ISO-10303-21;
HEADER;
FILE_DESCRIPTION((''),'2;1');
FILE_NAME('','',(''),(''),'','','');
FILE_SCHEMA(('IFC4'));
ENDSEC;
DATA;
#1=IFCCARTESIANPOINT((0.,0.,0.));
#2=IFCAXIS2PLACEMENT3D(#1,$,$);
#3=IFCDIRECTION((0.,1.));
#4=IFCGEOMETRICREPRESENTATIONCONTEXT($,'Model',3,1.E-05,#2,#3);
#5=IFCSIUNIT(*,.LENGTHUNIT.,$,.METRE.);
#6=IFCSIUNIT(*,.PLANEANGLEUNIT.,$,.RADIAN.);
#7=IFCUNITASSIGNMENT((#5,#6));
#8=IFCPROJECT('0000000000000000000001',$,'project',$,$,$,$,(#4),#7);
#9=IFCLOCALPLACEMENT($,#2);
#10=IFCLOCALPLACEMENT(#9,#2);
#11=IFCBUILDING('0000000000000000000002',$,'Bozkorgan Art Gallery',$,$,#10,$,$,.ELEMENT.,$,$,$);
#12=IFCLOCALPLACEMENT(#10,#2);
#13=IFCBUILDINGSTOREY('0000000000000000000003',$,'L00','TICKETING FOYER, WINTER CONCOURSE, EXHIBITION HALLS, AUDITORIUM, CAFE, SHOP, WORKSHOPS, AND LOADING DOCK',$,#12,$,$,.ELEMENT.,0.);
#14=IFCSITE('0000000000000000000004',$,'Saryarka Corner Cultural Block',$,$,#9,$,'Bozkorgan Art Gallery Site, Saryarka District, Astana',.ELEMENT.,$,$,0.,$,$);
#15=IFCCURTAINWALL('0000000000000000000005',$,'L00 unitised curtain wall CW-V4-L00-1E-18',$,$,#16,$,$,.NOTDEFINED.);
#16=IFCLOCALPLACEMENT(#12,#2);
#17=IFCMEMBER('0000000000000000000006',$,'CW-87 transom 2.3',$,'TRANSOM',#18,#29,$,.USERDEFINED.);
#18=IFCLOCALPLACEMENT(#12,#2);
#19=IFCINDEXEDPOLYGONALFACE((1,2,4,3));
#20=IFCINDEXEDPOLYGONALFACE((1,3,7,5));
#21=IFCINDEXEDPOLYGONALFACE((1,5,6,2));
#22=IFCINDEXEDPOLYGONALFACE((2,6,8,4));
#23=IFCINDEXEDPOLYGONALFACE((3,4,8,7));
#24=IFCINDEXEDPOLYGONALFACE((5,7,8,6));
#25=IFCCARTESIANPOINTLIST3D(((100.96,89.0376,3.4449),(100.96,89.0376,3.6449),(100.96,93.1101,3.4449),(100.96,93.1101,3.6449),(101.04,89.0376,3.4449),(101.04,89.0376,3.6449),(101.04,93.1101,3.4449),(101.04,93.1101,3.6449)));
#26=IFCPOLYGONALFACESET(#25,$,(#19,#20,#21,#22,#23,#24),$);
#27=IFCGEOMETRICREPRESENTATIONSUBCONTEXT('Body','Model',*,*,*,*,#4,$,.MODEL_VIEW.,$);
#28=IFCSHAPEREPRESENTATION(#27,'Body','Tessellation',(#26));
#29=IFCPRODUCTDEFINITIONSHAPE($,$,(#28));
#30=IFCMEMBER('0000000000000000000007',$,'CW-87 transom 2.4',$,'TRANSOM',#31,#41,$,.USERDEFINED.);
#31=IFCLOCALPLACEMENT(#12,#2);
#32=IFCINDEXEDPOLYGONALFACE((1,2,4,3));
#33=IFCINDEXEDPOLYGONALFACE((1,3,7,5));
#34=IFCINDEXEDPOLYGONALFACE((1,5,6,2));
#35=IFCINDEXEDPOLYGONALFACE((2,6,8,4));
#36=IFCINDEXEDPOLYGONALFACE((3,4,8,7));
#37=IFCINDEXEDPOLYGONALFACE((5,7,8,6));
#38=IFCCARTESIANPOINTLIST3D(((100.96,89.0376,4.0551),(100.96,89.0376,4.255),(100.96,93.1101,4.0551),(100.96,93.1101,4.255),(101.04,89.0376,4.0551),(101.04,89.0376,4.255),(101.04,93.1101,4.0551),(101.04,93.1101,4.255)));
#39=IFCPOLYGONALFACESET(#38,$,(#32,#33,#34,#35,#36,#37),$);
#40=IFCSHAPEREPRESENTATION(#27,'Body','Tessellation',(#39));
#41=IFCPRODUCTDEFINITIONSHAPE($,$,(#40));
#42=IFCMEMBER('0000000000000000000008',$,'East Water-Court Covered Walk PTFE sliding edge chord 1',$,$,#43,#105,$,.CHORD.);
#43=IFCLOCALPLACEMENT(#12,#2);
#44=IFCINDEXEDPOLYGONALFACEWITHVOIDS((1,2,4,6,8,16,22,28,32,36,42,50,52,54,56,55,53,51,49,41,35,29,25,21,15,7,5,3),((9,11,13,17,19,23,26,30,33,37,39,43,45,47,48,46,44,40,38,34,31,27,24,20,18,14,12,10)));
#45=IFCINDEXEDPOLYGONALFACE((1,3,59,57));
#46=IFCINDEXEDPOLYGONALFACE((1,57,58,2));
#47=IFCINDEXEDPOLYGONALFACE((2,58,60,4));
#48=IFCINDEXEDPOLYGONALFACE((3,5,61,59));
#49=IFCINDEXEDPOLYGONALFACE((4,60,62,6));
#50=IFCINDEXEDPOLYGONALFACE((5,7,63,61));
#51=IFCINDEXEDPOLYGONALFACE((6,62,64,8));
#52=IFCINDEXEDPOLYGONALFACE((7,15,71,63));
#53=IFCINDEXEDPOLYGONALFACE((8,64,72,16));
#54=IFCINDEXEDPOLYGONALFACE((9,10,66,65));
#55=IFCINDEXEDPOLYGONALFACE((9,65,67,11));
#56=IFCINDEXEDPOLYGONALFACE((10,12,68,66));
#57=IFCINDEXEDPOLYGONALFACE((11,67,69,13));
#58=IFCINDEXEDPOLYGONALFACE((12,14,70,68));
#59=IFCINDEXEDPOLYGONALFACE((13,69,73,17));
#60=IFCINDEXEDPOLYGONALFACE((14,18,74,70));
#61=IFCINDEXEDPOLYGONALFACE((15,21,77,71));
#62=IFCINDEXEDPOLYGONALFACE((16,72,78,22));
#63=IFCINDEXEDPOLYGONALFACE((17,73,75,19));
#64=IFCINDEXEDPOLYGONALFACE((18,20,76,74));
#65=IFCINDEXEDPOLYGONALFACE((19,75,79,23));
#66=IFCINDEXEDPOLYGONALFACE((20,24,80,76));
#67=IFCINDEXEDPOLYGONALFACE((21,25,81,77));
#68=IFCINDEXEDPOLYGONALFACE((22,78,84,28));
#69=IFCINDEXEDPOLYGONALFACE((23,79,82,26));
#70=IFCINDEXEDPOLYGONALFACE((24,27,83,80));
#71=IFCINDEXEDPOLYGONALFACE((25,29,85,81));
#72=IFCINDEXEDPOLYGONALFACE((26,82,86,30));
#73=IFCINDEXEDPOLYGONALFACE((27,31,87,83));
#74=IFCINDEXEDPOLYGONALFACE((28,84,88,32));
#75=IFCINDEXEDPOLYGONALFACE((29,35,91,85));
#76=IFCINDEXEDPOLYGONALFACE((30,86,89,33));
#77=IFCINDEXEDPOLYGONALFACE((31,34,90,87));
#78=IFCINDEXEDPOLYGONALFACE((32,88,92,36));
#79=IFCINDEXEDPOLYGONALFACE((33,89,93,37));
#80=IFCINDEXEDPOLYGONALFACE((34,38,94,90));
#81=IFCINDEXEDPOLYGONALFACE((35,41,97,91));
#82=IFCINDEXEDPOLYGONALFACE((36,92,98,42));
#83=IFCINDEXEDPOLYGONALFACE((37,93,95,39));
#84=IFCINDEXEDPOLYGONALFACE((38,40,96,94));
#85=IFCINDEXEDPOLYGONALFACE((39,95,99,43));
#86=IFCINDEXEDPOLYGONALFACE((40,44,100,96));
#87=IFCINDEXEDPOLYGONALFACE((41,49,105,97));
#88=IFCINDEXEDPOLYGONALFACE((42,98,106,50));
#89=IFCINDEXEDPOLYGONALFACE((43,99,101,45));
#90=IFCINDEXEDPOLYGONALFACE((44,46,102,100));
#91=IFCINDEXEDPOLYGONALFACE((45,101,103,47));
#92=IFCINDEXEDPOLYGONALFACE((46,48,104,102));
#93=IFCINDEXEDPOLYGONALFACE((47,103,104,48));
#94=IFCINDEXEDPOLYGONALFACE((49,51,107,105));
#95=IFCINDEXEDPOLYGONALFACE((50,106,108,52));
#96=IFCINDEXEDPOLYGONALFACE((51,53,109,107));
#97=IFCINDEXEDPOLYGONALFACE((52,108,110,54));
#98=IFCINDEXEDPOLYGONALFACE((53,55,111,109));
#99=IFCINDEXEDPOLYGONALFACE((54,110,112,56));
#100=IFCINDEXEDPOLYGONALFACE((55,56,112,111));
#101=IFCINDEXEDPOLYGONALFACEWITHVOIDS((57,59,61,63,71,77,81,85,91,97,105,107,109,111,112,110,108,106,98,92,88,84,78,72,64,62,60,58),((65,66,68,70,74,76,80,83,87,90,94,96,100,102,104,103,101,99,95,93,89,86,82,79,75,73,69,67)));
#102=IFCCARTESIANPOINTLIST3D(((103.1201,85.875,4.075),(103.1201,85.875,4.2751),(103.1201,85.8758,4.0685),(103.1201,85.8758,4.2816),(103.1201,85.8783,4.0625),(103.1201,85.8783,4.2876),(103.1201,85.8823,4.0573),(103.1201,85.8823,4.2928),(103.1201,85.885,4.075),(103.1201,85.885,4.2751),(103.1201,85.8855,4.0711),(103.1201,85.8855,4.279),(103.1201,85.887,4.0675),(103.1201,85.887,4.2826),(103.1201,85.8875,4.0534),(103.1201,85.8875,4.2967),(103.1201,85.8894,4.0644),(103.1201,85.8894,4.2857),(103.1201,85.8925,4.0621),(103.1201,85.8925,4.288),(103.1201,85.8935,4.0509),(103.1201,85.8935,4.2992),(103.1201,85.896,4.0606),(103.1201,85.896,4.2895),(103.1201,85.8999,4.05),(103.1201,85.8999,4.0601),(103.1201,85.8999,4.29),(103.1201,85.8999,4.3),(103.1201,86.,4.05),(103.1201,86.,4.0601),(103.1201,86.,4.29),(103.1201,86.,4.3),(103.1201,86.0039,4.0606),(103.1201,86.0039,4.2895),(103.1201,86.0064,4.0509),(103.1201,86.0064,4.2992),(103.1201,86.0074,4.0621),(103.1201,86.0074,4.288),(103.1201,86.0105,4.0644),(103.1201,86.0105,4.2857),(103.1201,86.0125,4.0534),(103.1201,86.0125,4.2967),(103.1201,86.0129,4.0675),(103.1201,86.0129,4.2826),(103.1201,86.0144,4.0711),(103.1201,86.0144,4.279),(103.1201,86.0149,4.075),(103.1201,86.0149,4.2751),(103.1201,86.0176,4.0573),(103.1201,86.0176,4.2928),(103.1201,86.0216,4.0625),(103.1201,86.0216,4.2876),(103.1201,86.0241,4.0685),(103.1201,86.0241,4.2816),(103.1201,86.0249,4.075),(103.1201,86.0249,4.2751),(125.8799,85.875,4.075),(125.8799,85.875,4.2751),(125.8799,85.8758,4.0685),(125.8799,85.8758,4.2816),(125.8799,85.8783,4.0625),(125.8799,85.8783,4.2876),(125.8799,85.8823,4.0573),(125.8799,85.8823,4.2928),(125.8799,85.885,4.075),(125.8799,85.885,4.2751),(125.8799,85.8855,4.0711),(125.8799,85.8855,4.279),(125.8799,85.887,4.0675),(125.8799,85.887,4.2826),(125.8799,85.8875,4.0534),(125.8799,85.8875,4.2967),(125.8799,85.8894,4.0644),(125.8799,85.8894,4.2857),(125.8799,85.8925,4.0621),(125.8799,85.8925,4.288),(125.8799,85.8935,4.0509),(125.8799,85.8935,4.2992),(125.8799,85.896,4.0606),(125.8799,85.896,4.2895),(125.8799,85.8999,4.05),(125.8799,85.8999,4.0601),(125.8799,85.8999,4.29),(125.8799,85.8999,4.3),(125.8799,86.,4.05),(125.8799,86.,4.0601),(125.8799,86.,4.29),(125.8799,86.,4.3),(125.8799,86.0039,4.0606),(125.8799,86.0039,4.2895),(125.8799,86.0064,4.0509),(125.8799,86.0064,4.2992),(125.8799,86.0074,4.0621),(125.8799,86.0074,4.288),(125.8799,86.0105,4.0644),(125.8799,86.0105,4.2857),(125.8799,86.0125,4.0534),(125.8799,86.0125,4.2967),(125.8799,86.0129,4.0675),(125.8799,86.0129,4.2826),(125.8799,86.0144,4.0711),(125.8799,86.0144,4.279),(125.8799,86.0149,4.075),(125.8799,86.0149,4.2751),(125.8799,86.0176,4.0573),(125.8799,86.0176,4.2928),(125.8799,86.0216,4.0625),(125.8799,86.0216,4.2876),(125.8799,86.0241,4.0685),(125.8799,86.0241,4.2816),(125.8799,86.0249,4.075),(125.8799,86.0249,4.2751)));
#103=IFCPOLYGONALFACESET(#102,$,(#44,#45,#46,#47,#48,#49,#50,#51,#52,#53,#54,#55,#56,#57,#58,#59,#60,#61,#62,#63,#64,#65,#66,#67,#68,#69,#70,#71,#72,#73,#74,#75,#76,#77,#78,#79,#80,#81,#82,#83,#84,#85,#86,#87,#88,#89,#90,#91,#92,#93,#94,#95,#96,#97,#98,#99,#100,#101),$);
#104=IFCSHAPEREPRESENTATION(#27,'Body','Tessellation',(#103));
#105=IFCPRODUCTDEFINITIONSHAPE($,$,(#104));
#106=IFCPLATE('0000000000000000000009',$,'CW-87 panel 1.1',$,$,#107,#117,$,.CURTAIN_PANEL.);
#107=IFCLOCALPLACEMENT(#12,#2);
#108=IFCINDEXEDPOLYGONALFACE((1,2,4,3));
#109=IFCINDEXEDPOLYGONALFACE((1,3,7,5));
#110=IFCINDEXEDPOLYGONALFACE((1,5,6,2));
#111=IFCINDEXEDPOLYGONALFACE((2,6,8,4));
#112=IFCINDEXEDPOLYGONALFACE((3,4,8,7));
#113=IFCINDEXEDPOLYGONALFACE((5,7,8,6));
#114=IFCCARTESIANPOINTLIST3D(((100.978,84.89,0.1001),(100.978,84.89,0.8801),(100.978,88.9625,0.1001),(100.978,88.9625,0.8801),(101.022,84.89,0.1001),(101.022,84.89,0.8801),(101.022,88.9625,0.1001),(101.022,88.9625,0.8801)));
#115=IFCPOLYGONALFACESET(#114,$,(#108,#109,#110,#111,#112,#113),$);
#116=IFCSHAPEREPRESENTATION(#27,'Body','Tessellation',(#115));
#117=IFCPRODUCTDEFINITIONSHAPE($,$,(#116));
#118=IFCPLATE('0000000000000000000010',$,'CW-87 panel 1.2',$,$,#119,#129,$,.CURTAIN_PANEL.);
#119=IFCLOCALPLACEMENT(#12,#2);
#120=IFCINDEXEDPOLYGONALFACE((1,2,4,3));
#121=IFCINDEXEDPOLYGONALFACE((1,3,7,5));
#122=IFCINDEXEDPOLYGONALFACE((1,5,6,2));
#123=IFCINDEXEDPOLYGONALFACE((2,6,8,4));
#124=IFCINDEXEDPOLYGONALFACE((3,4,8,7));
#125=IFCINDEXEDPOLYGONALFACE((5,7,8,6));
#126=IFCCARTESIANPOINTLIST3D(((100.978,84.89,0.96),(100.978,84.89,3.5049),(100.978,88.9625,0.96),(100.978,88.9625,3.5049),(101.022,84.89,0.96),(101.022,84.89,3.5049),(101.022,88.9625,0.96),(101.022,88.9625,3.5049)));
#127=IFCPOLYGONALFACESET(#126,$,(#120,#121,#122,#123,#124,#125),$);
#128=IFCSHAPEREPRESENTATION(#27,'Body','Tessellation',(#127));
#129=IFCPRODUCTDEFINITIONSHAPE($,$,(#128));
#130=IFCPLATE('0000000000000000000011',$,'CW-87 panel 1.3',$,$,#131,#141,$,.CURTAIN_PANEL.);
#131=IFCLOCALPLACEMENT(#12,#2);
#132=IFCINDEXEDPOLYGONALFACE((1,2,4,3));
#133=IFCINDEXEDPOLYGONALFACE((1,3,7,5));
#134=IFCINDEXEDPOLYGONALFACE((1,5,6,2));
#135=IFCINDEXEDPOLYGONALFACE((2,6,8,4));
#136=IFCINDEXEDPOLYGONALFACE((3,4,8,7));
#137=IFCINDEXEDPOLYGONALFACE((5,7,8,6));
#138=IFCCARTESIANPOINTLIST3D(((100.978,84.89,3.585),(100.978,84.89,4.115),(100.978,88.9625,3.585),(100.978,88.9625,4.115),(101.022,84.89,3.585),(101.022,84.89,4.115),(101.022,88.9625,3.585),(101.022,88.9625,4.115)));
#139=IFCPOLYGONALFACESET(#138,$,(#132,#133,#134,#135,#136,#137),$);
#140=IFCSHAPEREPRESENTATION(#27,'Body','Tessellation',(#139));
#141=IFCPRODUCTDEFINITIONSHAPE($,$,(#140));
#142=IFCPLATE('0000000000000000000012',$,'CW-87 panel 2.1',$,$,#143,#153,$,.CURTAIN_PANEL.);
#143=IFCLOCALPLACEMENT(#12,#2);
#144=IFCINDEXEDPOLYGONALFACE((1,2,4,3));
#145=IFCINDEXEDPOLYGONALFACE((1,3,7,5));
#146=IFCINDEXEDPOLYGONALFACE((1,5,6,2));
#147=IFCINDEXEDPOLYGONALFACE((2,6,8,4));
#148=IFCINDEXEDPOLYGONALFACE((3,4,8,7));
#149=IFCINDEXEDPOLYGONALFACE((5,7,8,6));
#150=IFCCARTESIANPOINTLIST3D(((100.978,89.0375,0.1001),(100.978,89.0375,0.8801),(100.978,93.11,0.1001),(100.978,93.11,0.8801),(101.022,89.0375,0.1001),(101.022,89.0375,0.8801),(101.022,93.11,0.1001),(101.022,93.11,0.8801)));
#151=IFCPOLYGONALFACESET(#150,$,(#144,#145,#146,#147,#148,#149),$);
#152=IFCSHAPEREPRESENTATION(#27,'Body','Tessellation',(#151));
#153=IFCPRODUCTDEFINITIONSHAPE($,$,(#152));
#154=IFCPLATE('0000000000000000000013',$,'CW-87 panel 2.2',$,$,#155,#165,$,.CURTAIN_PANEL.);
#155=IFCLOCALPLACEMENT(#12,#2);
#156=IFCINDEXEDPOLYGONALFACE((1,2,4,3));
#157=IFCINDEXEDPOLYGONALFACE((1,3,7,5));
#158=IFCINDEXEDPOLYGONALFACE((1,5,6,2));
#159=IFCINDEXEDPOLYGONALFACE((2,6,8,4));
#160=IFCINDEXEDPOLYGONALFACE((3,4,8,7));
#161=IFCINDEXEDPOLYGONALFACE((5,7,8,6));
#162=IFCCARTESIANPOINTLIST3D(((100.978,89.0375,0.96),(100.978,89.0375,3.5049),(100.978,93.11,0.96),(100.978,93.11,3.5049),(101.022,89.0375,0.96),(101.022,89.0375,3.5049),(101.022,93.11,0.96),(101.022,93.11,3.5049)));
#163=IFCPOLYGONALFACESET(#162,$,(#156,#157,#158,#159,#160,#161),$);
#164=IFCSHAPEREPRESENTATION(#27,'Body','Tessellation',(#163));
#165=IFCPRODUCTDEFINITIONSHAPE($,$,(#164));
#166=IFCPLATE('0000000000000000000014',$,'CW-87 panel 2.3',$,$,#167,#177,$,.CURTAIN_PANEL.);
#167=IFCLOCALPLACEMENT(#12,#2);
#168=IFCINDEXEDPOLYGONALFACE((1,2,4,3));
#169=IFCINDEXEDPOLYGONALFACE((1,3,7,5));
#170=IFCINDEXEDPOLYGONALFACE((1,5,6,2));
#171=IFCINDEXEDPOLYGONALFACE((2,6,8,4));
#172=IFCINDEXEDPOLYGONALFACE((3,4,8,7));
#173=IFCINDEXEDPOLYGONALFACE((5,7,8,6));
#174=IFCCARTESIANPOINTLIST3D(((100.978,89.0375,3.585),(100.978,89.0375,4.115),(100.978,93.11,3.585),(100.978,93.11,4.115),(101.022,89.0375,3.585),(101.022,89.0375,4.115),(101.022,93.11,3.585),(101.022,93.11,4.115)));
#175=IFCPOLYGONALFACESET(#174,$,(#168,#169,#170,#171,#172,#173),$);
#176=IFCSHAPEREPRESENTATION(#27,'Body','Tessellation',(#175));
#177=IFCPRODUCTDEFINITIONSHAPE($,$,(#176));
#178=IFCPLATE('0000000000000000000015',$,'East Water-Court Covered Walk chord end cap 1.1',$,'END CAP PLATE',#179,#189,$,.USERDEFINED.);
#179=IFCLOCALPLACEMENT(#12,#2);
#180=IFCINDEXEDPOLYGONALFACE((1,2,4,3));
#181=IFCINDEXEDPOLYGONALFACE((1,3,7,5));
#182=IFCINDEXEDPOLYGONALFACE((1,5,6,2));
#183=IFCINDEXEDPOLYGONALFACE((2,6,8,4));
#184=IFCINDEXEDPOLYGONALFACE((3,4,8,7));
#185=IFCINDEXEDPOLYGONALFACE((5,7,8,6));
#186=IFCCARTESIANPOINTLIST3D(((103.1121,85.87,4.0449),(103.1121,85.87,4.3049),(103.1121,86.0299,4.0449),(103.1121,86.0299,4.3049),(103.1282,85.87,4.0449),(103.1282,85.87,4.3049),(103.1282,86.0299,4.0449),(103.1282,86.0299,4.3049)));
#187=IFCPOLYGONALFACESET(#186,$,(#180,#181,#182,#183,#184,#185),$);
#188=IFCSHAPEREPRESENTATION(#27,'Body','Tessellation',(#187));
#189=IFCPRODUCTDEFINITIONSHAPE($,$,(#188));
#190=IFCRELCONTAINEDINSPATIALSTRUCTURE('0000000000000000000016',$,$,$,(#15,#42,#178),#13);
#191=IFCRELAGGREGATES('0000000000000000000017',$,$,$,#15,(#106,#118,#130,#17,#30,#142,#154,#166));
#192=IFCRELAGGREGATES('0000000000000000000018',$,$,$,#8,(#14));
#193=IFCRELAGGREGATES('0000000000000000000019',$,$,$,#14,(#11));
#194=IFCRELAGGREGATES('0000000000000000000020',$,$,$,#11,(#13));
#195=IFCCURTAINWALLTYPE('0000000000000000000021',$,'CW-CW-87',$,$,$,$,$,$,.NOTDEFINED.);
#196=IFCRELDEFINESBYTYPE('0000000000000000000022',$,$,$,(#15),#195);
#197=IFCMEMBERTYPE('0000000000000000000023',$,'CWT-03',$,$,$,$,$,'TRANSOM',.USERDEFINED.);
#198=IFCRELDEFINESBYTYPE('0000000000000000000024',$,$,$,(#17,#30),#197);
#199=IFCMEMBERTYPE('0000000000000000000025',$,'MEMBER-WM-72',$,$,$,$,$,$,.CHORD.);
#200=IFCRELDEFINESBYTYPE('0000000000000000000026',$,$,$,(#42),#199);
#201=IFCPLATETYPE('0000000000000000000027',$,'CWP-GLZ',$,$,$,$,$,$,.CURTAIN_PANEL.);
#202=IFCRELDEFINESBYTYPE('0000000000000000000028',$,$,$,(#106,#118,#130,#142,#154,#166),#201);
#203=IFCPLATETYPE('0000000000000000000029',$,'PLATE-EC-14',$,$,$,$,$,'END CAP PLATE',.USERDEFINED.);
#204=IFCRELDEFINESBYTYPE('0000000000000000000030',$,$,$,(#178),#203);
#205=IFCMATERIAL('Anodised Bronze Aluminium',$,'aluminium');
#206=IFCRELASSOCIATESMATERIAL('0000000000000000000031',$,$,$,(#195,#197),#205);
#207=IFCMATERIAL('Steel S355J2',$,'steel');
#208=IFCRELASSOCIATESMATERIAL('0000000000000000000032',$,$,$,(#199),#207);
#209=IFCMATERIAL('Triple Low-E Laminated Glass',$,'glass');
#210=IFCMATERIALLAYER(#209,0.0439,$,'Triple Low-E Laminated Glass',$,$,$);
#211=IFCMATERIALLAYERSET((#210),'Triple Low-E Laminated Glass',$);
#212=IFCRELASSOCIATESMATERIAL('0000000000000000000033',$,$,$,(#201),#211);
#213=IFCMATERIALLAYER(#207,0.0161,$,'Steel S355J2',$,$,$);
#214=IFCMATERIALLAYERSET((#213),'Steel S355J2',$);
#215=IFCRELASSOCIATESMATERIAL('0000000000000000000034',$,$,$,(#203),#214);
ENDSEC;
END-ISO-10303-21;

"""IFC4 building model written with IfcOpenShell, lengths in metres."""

from ifc_helpers import new_model, si_unit, direction, frame, origin, origin_2d, place, context, subcontext, project, spatial, rectangle, hollow_rectangle, extrude, material, layer, layer_set, material_profile, profile_set, type_object, element, aggregate, save


model = new_model("IFC4")

# Units and contexts
model_context = context("Model", 3, precision=1e-05, world=origin(), true_north=direction((0.0, 1.0)))
body_context = subcontext(model_context, "Body", "Model", "MODEL_VIEW")
ifc_project = project(units=[si_unit("LENGTHUNIT", "METRE"), si_unit("PLANEANGLEUNIT", "RADIAN")], contexts=[model_context])

# Site, building, storey
site_placement = place(None, origin())
site = spatial("IfcSite", under=ifc_project, at=site_placement, Name="Saryarka Corner Cultural Block", LongName="Bozkorgan Art Gallery Site, Saryarka District, Astana", CompositionType="ELEMENT", RefElevation=0.0)
building_placement = place(site_placement, origin())
building = spatial("IfcBuilding", under=site, at=building_placement, Name="Bozkorgan Art Gallery", CompositionType="ELEMENT")
storey_placement = place(building_placement, origin())
storey = spatial("IfcBuildingStorey", under=building, at=storey_placement, Name="L00", Description="TICKETING FOYER, WINTER CONCOURSE, EXHIBITION HALLS, AUDITORIUM, CAFE, SHOP, WORKSHOPS, AND LOADING DOCK", CompositionType="ELEMENT", Elevation=0.0)

# Shared definitions
ifc_material_1 = material(Name="Steel S355J2", Category="steel")

# Curtain wall, members
ifc_material_2 = material(Name="Anodised Bronze Aluminium", Category="aluminium")
curtain_wall_type = type_object("IfcCurtainWallType", Name="CW-CW-87", PredefinedType="NOTDEFINED", material=ifc_material_2)
curtain_wall_placement = place(storey_placement, origin())
curtain_wall = element("IfcCurtainWall", 1, at=curtain_wall_placement, inside=storey, type_object=curtain_wall_type, Name="L00 unitised curtain wall CW-V4-L00-1E-18", PredefinedType="NOTDEFINED")
ifc_material_profile_1 = material_profile(ifc_material_2, rectangle(XDim=0.0801, YDim=0.2, at=origin_2d()), Name="ALU TRANSOM 80x200")
ifc_profile_set_1 = profile_set([ifc_material_profile_1], Name="Anodised Bronze Aluminium")
member_type_1 = type_object("IfcMemberType", Name="CWT-03", ElementType="TRANSOM", PredefinedType="USERDEFINED", material=ifc_profile_set_1)
member_1_placement = place(storey_placement, frame((101.0, 89.0376, 3.5449), z_axis=(0.0, 1.0, 0.0), x_axis=(-1.0, 0.0, 0.0)))
member_1 = element("IfcMember", 2, at=member_1_placement, type_object=member_type_1, Name="CW-87 transom 2.3", ObjectType="TRANSOM", PredefinedType="USERDEFINED", context=body_context, shape_type="SweptSolid", body=[
    extrude(rectangle(XDim=0.0801, YDim=0.2, at=origin_2d()), origin(), (0.0, 0.0, 1.0), 4.0725),
])
member_2_placement = place(storey_placement, frame((101.0, 89.0376, 4.155), z_axis=(0.0, 1.0, 0.0), x_axis=(-1.0, 0.0, 0.0)))
member_2 = element("IfcMember", 3, at=member_2_placement, type_object=member_type_1, Name="CW-87 transom 2.4", ObjectType="TRANSOM", PredefinedType="USERDEFINED", context=body_context, shape_type="SweptSolid", body=[
    extrude(rectangle(XDim=0.0801, YDim=0.2, at=origin_2d()), origin(), (0.0, 0.0, 1.0), 4.0725),
])

# Member
ifc_material_profile_2 = material_profile(ifc_material_1, hollow_rectangle(XDim=0.1499, YDim=0.25, WallThickness=0.01, InnerFilletRadius=0.0149, OuterFilletRadius=0.0249, at=origin_2d()), Name="RHS 250x150x10")
ifc_profile_set_2 = profile_set([ifc_material_profile_2], Name="Steel S355J2")
member_type_2 = type_object("IfcMemberType", Name="MEMBER-WM-72", PredefinedType="CHORD", material=ifc_profile_set_2)
member_3_placement = place(storey_placement, frame((103.1201, 85.95, 4.175), z_axis=(1.0, 0.0, 0.0), x_axis=(0.0, 1.0, 0.0)))
element("IfcMember", 4, at=member_3_placement, inside=storey, type_object=member_type_2, Name="East Water-Court Covered Walk PTFE sliding edge chord 1", PredefinedType="CHORD", context=body_context, shape_type="SweptSolid", body=[
    extrude(hollow_rectangle(XDim=0.1499, YDim=0.25, WallThickness=0.01, InnerFilletRadius=0.0149, OuterFilletRadius=0.0249, at=origin_2d()), origin(), (0.0, 0.0, 1.0), 22.7598),
])

# Plates
ifc_material_3 = material(Name="Triple Low-E Laminated Glass", Category="glass")
ifc_layer_1 = layer(ifc_material_3, 0.0439, Name="Triple Low-E Laminated Glass")
ifc_layer_set_1 = layer_set([ifc_layer_1], Name="Triple Low-E Laminated Glass")
plate_type_1 = type_object("IfcPlateType", Name="CWP-GLZ", PredefinedType="CURTAIN_PANEL", material=ifc_layer_set_1)
plate_1_placement = place(storey_placement, frame((101.0, 86.9263, 0.1001), z_axis=(0.0, 0.0, 1.0), x_axis=(0.0, 1.0, 0.0)))
plate_1 = element("IfcPlate", 5, at=plate_1_placement, type_object=plate_type_1, Name="CW-87 panel 1.1", PredefinedType="CURTAIN_PANEL", context=body_context, shape_type="SweptSolid", body=[
    extrude(rectangle(XDim=4.0725, YDim=0.0439, at=origin_2d()), origin(), (0.0, 0.0, 1.0), 0.78),
])
plate_2_placement = place(storey_placement, frame((101.0, 86.9263, 0.96), z_axis=(0.0, 0.0, 1.0), x_axis=(0.0, 1.0, 0.0)))
plate_2 = element("IfcPlate", 6, at=plate_2_placement, type_object=plate_type_1, Name="CW-87 panel 1.2", PredefinedType="CURTAIN_PANEL", context=body_context, shape_type="SweptSolid", body=[
    extrude(rectangle(XDim=4.0725, YDim=0.0439, at=origin_2d()), origin(), (0.0, 0.0, 1.0), 2.5449),
])
plate_3_placement = place(storey_placement, frame((101.0, 86.9263, 3.585), z_axis=(0.0, 0.0, 1.0), x_axis=(0.0, 1.0, 0.0)))
plate_3 = element("IfcPlate", 7, at=plate_3_placement, type_object=plate_type_1, Name="CW-87 panel 1.3", PredefinedType="CURTAIN_PANEL", context=body_context, shape_type="SweptSolid", body=[
    extrude(rectangle(XDim=4.0725, YDim=0.0439, at=origin_2d()), origin(), (0.0, 0.0, 1.0), 0.53),
])
plate_4_placement = place(storey_placement, frame((101.0, 91.0737, 0.1001), z_axis=(0.0, 0.0, 1.0), x_axis=(0.0, 1.0, 0.0)))
plate_4 = element("IfcPlate", 8, at=plate_4_placement, type_object=plate_type_1, Name="CW-87 panel 2.1", PredefinedType="CURTAIN_PANEL", context=body_context, shape_type="SweptSolid", body=[
    extrude(rectangle(XDim=4.0725, YDim=0.0439, at=origin_2d()), origin(), (0.0, 0.0, 1.0), 0.78),
])
plate_5_placement = place(storey_placement, frame((101.0, 91.0737, 0.96), z_axis=(0.0, 0.0, 1.0), x_axis=(0.0, 1.0, 0.0)))
plate_5 = element("IfcPlate", 9, at=plate_5_placement, type_object=plate_type_1, Name="CW-87 panel 2.2", PredefinedType="CURTAIN_PANEL", context=body_context, shape_type="SweptSolid", body=[
    extrude(rectangle(XDim=4.0725, YDim=0.0439, at=origin_2d()), origin(), (0.0, 0.0, 1.0), 2.5449),
])
plate_6_placement = place(storey_placement, frame((101.0, 91.0737, 3.585), z_axis=(0.0, 0.0, 1.0), x_axis=(0.0, 1.0, 0.0)))
plate_6 = element("IfcPlate", 10, at=plate_6_placement, type_object=plate_type_1, Name="CW-87 panel 2.3", PredefinedType="CURTAIN_PANEL", context=body_context, shape_type="SweptSolid", body=[
    extrude(rectangle(XDim=4.0725, YDim=0.0439, at=origin_2d()), origin(), (0.0, 0.0, 1.0), 0.53),
])
aggregate(curtain_wall, [plate_1, plate_2, plate_3, member_1, member_2, plate_4, plate_5, plate_6])

# Plate
ifc_layer_2 = layer(ifc_material_1, 0.0161, Name="Steel S355J2")
ifc_layer_set_2 = layer_set([ifc_layer_2], Name="Steel S355J2")
plate_type_2 = type_object("IfcPlateType", Name="PLATE-EC-14", ElementType="END CAP PLATE", PredefinedType="USERDEFINED", material=ifc_layer_set_2)
for number, where, z_axis, x_axis, name in (
    (11, (103.1201, 85.95, 4.0449), (0.0, 0.0, 1.0), (1.0, 0.0, 0.0), "East Water-Court Covered Walk chord end cap 1.1"),
):
    element("IfcPlate", number, at=place(storey_placement, frame(where, z_axis=z_axis, x_axis=x_axis)), inside=storey, type_object=plate_type_2, Name=name, ObjectType="END CAP PLATE", PredefinedType="USERDEFINED", context=body_context, shape_type="SweptSolid", body=[
        extrude(rectangle(XDim=0.0161, YDim=0.1599, at=origin_2d()), origin(), (0.0, 0.0, 1.0), 0.26),
    ])

save(model, "model.ifc")
